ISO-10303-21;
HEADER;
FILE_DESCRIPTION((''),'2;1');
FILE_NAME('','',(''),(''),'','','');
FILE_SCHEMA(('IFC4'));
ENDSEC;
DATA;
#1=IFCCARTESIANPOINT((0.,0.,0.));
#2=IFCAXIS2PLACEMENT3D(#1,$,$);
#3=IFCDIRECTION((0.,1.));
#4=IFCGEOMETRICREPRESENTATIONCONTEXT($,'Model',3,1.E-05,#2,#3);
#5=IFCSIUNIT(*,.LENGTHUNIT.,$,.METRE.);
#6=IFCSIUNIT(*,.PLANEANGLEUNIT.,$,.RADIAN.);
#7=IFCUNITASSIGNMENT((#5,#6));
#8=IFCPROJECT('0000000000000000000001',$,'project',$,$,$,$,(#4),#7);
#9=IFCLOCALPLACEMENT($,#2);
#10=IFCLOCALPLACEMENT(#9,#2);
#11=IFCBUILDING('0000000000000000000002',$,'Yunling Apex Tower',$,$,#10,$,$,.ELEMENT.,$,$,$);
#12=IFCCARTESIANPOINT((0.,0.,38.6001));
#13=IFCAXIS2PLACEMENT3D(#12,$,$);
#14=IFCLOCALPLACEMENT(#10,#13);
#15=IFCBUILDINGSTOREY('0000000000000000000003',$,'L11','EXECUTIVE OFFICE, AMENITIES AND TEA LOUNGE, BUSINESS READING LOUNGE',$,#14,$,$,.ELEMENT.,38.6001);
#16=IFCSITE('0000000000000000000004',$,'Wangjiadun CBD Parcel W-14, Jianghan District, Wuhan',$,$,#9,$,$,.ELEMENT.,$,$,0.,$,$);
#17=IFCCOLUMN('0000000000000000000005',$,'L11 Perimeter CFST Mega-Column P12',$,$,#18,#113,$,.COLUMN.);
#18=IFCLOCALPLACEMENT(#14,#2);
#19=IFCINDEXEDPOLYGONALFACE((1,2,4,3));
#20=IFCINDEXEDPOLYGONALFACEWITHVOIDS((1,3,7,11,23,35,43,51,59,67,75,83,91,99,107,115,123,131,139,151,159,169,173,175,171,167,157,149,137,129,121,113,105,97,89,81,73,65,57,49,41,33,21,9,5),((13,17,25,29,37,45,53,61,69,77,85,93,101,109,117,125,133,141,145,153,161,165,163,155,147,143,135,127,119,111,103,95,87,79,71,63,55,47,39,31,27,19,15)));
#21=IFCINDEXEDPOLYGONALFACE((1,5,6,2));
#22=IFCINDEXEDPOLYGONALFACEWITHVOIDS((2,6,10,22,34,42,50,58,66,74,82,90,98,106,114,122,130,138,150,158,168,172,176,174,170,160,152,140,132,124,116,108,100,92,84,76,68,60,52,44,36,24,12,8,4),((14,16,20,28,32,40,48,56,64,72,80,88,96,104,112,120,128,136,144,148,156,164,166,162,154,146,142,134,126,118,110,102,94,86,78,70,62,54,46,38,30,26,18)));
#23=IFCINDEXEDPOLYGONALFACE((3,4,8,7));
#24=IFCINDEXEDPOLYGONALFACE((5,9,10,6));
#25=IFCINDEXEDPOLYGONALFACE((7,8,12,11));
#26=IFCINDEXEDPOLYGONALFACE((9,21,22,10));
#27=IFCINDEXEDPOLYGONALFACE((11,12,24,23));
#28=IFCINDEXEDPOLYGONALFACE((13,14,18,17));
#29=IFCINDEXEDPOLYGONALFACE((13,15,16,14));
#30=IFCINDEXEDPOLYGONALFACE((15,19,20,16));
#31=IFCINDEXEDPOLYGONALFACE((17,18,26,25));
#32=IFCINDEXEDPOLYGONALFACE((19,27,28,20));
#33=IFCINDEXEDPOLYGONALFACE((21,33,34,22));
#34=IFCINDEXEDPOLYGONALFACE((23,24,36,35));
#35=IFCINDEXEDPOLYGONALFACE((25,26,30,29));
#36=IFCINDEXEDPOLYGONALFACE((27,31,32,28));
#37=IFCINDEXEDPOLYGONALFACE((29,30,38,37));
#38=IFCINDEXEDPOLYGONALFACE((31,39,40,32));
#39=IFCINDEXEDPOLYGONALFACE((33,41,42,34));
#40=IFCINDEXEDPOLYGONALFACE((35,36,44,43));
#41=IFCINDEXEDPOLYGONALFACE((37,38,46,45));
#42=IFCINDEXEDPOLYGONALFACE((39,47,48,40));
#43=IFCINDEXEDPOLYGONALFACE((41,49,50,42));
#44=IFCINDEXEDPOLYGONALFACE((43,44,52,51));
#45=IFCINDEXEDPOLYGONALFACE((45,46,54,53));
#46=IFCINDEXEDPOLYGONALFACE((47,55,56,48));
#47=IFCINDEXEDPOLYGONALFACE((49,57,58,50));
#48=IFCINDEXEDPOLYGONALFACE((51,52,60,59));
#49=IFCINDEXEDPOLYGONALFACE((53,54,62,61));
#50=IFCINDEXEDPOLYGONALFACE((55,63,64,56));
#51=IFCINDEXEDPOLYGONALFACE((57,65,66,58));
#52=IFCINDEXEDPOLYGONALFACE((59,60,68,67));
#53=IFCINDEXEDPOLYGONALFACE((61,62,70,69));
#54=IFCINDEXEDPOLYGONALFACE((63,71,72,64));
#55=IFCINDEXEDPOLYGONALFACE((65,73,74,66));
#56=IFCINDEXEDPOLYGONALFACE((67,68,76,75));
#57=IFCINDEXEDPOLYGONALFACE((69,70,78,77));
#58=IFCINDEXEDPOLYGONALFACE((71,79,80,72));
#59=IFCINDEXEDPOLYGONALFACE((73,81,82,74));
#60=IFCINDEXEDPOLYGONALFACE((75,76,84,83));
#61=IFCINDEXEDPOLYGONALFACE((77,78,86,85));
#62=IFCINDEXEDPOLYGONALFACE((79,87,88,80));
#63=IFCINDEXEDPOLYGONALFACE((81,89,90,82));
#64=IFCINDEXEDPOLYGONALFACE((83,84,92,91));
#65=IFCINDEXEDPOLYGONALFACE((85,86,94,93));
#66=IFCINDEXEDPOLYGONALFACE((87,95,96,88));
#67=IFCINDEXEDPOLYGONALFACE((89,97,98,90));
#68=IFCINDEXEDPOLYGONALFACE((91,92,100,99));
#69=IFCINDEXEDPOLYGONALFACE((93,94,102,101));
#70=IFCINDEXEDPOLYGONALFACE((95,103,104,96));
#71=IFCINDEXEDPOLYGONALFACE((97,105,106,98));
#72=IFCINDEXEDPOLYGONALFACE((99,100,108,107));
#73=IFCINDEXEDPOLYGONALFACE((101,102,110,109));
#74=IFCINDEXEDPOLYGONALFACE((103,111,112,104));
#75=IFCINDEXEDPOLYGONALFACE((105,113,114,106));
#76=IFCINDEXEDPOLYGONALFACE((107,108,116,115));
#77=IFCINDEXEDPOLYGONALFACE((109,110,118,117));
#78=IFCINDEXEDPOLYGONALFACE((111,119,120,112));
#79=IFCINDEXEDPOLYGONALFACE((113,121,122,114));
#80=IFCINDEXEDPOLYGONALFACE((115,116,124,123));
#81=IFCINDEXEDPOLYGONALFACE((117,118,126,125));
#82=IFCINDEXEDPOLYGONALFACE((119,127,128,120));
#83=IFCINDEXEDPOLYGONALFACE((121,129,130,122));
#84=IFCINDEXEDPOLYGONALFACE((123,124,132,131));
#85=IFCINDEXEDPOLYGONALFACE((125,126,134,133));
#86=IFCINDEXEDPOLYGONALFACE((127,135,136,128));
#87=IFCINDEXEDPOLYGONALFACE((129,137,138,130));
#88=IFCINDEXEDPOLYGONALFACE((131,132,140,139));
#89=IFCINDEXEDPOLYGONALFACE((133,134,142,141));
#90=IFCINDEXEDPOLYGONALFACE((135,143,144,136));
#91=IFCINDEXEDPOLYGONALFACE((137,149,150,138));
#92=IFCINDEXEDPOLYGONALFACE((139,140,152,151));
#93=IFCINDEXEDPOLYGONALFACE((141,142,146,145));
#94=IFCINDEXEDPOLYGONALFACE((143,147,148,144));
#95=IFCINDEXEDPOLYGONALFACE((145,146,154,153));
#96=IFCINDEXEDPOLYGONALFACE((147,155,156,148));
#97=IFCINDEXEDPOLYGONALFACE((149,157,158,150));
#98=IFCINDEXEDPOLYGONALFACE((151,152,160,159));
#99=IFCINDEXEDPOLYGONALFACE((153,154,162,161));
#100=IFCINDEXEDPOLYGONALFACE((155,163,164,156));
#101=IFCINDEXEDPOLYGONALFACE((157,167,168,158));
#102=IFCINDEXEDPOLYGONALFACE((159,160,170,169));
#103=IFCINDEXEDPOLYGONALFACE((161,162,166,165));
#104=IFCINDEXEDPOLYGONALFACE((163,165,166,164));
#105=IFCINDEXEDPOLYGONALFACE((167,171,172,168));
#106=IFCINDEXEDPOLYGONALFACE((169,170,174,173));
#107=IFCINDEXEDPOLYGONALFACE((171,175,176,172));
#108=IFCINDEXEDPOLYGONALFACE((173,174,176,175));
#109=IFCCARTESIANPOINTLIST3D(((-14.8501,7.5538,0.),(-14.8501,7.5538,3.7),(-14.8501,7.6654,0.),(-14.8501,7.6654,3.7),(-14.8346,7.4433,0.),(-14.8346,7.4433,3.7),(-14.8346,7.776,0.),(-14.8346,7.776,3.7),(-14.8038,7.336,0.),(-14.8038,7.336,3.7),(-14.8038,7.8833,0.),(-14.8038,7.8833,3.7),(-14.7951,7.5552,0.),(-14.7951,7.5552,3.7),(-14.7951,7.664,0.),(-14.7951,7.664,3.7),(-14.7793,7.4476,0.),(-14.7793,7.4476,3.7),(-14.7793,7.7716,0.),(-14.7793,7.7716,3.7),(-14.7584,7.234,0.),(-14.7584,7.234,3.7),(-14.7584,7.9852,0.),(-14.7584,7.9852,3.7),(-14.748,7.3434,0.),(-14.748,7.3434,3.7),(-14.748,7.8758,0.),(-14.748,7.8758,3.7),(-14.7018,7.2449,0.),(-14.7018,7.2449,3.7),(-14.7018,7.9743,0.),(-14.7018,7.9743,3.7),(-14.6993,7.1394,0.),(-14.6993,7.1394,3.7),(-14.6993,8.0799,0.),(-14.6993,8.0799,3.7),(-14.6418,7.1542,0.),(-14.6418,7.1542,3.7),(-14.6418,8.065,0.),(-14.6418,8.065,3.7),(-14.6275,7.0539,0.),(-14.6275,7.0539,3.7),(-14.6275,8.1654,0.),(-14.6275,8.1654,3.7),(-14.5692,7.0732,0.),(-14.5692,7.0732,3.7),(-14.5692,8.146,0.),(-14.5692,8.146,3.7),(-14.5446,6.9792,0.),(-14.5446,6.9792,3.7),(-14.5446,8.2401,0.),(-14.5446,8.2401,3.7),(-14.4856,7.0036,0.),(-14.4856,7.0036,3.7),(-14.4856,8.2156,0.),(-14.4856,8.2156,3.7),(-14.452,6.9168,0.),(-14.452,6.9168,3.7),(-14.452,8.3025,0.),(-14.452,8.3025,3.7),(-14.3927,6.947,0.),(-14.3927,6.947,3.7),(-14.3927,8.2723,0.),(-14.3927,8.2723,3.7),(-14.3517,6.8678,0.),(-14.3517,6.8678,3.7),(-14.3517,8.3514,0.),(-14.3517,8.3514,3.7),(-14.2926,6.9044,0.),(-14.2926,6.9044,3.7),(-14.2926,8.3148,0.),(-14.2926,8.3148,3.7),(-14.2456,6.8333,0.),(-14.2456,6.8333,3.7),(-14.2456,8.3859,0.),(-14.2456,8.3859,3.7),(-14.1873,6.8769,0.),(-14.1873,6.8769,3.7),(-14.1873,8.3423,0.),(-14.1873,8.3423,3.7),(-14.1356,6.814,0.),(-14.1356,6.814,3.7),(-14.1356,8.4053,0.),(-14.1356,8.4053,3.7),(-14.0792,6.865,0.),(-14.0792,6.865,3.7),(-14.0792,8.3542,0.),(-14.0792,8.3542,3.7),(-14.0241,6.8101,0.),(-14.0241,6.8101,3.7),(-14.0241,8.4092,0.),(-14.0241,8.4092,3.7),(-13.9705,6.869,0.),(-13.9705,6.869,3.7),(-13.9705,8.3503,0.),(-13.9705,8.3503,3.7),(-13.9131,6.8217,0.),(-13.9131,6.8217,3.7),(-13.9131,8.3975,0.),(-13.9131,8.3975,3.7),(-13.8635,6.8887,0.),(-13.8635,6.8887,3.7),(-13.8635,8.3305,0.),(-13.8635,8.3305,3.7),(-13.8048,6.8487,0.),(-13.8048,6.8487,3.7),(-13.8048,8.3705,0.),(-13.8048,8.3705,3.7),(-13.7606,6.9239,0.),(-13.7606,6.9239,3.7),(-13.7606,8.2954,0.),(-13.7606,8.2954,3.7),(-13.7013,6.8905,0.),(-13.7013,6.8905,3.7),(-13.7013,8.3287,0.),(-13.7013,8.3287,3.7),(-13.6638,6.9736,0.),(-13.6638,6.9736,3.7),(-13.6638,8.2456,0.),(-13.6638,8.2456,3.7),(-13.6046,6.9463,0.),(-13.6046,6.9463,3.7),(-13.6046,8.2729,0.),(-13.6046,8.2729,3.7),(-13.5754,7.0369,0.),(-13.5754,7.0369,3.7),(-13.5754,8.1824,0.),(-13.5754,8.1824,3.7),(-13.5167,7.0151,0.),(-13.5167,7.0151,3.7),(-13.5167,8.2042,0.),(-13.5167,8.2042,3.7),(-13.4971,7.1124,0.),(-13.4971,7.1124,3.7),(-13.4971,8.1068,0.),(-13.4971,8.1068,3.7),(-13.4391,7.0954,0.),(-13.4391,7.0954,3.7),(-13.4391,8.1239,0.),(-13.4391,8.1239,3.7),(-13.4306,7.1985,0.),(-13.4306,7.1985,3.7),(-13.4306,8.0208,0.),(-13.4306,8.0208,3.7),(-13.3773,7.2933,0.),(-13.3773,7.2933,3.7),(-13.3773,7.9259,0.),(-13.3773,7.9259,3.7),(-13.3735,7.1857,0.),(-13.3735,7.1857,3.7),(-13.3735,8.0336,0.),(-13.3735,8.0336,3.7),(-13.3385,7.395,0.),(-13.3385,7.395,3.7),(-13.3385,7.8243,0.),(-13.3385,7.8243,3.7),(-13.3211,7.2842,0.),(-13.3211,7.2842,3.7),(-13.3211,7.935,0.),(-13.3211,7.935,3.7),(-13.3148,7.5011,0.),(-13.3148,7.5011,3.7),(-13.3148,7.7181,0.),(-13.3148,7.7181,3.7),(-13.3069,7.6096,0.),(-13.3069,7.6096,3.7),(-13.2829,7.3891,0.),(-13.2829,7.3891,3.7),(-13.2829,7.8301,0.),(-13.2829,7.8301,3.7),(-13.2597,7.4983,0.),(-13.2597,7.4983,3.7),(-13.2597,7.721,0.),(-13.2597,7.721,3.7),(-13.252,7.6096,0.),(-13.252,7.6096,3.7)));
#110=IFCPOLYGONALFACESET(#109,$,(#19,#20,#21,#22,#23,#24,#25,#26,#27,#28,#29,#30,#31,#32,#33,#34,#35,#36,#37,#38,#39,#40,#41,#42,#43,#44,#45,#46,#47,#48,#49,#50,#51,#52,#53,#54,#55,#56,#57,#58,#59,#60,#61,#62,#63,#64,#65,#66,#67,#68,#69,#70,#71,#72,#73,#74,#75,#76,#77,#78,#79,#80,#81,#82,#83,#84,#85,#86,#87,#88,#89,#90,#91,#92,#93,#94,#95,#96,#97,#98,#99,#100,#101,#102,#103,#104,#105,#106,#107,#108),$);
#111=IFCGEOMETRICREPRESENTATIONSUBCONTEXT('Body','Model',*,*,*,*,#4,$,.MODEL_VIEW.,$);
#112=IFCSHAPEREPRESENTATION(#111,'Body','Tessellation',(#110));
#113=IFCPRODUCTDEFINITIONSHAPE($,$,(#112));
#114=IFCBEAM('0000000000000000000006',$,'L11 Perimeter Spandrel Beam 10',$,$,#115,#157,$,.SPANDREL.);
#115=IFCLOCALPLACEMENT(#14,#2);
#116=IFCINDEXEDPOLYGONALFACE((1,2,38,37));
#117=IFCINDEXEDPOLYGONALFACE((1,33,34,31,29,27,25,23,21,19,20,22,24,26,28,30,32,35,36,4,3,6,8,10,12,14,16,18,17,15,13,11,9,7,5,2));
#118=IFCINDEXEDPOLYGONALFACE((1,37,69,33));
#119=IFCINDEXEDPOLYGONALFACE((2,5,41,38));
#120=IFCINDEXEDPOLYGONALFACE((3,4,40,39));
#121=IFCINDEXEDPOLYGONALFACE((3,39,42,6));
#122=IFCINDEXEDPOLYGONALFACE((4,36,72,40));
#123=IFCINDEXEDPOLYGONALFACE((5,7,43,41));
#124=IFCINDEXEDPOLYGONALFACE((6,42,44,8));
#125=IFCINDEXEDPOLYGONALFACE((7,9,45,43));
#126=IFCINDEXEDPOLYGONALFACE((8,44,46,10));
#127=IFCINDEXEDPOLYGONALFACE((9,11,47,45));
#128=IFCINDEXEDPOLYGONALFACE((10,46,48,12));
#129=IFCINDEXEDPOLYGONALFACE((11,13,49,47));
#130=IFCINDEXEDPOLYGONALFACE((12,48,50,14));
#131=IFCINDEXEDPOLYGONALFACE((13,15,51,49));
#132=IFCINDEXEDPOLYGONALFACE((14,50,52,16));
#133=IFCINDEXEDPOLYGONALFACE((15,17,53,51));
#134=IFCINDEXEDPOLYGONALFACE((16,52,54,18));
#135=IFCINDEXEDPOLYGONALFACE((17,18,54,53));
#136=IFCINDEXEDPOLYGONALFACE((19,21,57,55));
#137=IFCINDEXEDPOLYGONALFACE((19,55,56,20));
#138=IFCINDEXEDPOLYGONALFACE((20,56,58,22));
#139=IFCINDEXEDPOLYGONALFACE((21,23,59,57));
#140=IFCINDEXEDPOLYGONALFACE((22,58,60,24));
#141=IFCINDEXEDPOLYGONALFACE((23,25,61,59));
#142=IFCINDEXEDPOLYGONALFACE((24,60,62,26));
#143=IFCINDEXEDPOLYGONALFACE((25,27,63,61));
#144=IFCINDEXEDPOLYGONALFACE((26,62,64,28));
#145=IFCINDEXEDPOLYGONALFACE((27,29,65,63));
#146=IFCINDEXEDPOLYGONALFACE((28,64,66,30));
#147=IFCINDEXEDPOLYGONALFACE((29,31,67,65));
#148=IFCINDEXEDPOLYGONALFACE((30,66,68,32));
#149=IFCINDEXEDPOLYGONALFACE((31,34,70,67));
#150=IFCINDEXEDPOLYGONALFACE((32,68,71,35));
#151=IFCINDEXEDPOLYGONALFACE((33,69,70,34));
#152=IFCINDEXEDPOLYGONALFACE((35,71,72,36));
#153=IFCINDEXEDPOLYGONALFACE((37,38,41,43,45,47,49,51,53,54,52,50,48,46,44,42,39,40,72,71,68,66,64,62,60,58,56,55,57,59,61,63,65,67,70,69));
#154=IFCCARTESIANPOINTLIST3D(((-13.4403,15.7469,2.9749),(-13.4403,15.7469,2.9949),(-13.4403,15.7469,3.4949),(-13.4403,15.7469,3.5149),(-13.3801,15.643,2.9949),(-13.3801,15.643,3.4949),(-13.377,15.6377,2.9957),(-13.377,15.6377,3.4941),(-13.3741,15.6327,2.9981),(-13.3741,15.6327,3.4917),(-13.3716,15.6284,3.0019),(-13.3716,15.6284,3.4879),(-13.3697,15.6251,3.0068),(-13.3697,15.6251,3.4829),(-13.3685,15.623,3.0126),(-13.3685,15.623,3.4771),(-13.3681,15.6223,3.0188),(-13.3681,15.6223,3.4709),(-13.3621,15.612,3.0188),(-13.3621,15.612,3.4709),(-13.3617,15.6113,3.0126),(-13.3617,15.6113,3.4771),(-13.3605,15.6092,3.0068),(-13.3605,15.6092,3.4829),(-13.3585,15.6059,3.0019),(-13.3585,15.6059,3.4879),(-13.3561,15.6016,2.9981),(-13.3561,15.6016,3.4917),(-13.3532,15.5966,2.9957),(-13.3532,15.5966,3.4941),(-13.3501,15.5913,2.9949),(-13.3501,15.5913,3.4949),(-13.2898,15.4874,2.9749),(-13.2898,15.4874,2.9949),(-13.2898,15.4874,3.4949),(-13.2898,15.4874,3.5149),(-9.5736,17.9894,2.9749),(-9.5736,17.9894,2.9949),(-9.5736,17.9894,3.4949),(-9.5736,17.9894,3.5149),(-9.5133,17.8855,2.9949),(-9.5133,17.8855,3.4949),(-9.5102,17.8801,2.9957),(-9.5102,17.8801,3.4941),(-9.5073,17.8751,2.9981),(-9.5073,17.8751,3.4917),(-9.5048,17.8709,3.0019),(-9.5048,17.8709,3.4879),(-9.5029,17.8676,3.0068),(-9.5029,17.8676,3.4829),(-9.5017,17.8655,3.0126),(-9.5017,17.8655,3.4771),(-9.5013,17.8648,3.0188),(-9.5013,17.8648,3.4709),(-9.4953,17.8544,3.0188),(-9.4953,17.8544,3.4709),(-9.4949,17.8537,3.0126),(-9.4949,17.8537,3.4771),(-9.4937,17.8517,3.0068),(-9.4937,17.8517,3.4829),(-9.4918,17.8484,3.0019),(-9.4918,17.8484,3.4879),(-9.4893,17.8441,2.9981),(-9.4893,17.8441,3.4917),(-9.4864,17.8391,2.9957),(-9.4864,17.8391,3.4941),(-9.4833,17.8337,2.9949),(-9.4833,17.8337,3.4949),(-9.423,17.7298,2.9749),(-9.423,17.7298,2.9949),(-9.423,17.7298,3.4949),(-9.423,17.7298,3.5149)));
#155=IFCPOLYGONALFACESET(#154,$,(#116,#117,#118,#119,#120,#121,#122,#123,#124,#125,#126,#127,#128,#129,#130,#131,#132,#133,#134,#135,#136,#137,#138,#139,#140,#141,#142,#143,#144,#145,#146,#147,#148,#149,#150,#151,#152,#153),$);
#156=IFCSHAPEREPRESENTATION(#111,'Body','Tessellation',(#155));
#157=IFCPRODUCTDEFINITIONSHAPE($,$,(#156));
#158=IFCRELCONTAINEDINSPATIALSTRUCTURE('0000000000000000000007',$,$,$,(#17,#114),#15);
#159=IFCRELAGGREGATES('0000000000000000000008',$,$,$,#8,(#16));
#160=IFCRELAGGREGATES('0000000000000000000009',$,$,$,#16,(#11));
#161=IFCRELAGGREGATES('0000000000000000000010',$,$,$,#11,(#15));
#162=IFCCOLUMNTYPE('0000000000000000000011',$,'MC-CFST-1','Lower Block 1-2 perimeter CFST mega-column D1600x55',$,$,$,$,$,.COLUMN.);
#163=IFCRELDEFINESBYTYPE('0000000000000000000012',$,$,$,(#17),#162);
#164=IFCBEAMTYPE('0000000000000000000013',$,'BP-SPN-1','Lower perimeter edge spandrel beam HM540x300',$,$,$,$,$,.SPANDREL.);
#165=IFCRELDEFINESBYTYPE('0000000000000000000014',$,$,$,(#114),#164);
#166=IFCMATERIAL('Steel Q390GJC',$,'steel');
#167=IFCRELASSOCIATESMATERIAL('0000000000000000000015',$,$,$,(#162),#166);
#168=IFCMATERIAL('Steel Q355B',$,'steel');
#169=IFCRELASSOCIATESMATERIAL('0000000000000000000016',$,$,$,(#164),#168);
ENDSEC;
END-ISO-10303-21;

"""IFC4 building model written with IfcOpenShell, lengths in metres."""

from ifc_helpers import new_model, si_unit, direction, frame, origin, origin_2d, place, context, subcontext, project, spatial, hollow_circle, i_section, extrude, source, transform, mapped, material, material_profile, profile_set, type_object, element, save


model = new_model("IFC4")

# Units and contexts
model_context = context("Model", 3, precision=1e-05, world=origin(), true_north=direction((0.0, 1.0)))
body_context = subcontext(model_context, "Body", "Model", "MODEL_VIEW")
ifc_project = project(units=[si_unit("LENGTHUNIT", "METRE"), si_unit("PLANEANGLEUNIT", "RADIAN")], contexts=[model_context])

# Site, building, storey
site_placement = place(None, origin())
site = spatial("IfcSite", under=ifc_project, at=site_placement, Name="Wangjiadun CBD Parcel W-14, Jianghan District, Wuhan", CompositionType="ELEMENT", RefElevation=0.0)
building_placement = place(site_placement, origin())
building = spatial("IfcBuilding", under=site, at=building_placement, Name="Yunling Apex Tower", CompositionType="ELEMENT")
storey_placement = place(building_placement, frame((0.0, 0.0, 38.6001)))
storey = spatial("IfcBuildingStorey", under=building, at=storey_placement, Name="L11", Description="EXECUTIVE OFFICE, AMENITIES AND TEA LOUNGE, BUSINESS READING LOUNGE", CompositionType="ELEMENT", Elevation=38.6001)

# Column
ifc_material_1 = material(Name="Steel Q390GJC", Category="steel")
ifc_material_profile_1 = material_profile(ifc_material_1, hollow_circle(Radius=0.8, WallThickness=0.0549, at=origin_2d()))
ifc_profile_set_1 = profile_set([ifc_material_profile_1], Name="Steel Q390GJC")
column_type = type_object("IfcColumnType", Name="MC-CFST-1", Description="Lower Block 1-2 perimeter CFST mega-column D1600x55", PredefinedType="COLUMN", material=ifc_profile_set_1)
shared_shape_1 = source(origin(), body_context, "Body", "SweptSolid", [
    extrude(hollow_circle(Radius=0.8, WallThickness=0.0549, at=origin_2d()), origin(), (0.0, 0.0, 1.0), 3.7),
])
for number, where, z_axis, x_axis, name in (
    (1, (-14.052, 7.6096, 0.0), (0.0, 0.0, 1.0), (1.0, 0.0, 0.0), "L11 Perimeter CFST Mega-Column P12"),
):
    element("IfcColumn", number, at=place(storey_placement, frame(where, z_axis=z_axis, x_axis=x_axis)), inside=storey, type_object=column_type, Name=name, PredefinedType="COLUMN", context=body_context, shape_type="MappedRepresentation", body=[
        mapped(shared_shape_1, transform((0.0, 0.0, 0.0), scale=1.0)),
    ])

# Beam
ifc_material_2 = material(Name="Steel Q355B", Category="steel")
ifc_material_profile_2 = material_profile(ifc_material_2, i_section(OverallWidth=0.3, OverallDepth=0.54, WebThickness=0.012, FlangeThickness=0.02, FilletRadius=0.0239, at=origin_2d()))
ifc_profile_set_2 = profile_set([ifc_material_profile_2], Name="Steel Q355B")
beam_type_1 = type_object("IfcBeamType", Name="BP-SPN-1", Description="Lower perimeter edge spandrel beam HM540x300", PredefinedType="SPANDREL", material=ifc_profile_set_2)
shared_shape_2 = source(origin(), body_context, "Body", "SweptSolid", [
    extrude(i_section(OverallWidth=0.3, OverallDepth=0.54, WebThickness=0.012, FlangeThickness=0.02, FilletRadius=0.0239, at=origin_2d()), origin(), (0.0, 0.0, 1.0), 4.47),
])
beam_1_placement = place(storey_placement, frame((-9.4983, 17.8596, 3.2449), z_axis=(-0.865056, -0.501676, 0.0), x_axis=(0.501676, -0.865056, 0.0)))
element("IfcBeam", 2, at=beam_1_placement, inside=storey, type_object=beam_type_1, Name="L11 Perimeter Spandrel Beam 10", PredefinedType="SPANDREL", context=body_context, shape_type="MappedRepresentation", body=[
    mapped(shared_shape_2, transform((0.0, 0.0, 0.0), scale=1.0)),
])

save(model, "model.ifc")
